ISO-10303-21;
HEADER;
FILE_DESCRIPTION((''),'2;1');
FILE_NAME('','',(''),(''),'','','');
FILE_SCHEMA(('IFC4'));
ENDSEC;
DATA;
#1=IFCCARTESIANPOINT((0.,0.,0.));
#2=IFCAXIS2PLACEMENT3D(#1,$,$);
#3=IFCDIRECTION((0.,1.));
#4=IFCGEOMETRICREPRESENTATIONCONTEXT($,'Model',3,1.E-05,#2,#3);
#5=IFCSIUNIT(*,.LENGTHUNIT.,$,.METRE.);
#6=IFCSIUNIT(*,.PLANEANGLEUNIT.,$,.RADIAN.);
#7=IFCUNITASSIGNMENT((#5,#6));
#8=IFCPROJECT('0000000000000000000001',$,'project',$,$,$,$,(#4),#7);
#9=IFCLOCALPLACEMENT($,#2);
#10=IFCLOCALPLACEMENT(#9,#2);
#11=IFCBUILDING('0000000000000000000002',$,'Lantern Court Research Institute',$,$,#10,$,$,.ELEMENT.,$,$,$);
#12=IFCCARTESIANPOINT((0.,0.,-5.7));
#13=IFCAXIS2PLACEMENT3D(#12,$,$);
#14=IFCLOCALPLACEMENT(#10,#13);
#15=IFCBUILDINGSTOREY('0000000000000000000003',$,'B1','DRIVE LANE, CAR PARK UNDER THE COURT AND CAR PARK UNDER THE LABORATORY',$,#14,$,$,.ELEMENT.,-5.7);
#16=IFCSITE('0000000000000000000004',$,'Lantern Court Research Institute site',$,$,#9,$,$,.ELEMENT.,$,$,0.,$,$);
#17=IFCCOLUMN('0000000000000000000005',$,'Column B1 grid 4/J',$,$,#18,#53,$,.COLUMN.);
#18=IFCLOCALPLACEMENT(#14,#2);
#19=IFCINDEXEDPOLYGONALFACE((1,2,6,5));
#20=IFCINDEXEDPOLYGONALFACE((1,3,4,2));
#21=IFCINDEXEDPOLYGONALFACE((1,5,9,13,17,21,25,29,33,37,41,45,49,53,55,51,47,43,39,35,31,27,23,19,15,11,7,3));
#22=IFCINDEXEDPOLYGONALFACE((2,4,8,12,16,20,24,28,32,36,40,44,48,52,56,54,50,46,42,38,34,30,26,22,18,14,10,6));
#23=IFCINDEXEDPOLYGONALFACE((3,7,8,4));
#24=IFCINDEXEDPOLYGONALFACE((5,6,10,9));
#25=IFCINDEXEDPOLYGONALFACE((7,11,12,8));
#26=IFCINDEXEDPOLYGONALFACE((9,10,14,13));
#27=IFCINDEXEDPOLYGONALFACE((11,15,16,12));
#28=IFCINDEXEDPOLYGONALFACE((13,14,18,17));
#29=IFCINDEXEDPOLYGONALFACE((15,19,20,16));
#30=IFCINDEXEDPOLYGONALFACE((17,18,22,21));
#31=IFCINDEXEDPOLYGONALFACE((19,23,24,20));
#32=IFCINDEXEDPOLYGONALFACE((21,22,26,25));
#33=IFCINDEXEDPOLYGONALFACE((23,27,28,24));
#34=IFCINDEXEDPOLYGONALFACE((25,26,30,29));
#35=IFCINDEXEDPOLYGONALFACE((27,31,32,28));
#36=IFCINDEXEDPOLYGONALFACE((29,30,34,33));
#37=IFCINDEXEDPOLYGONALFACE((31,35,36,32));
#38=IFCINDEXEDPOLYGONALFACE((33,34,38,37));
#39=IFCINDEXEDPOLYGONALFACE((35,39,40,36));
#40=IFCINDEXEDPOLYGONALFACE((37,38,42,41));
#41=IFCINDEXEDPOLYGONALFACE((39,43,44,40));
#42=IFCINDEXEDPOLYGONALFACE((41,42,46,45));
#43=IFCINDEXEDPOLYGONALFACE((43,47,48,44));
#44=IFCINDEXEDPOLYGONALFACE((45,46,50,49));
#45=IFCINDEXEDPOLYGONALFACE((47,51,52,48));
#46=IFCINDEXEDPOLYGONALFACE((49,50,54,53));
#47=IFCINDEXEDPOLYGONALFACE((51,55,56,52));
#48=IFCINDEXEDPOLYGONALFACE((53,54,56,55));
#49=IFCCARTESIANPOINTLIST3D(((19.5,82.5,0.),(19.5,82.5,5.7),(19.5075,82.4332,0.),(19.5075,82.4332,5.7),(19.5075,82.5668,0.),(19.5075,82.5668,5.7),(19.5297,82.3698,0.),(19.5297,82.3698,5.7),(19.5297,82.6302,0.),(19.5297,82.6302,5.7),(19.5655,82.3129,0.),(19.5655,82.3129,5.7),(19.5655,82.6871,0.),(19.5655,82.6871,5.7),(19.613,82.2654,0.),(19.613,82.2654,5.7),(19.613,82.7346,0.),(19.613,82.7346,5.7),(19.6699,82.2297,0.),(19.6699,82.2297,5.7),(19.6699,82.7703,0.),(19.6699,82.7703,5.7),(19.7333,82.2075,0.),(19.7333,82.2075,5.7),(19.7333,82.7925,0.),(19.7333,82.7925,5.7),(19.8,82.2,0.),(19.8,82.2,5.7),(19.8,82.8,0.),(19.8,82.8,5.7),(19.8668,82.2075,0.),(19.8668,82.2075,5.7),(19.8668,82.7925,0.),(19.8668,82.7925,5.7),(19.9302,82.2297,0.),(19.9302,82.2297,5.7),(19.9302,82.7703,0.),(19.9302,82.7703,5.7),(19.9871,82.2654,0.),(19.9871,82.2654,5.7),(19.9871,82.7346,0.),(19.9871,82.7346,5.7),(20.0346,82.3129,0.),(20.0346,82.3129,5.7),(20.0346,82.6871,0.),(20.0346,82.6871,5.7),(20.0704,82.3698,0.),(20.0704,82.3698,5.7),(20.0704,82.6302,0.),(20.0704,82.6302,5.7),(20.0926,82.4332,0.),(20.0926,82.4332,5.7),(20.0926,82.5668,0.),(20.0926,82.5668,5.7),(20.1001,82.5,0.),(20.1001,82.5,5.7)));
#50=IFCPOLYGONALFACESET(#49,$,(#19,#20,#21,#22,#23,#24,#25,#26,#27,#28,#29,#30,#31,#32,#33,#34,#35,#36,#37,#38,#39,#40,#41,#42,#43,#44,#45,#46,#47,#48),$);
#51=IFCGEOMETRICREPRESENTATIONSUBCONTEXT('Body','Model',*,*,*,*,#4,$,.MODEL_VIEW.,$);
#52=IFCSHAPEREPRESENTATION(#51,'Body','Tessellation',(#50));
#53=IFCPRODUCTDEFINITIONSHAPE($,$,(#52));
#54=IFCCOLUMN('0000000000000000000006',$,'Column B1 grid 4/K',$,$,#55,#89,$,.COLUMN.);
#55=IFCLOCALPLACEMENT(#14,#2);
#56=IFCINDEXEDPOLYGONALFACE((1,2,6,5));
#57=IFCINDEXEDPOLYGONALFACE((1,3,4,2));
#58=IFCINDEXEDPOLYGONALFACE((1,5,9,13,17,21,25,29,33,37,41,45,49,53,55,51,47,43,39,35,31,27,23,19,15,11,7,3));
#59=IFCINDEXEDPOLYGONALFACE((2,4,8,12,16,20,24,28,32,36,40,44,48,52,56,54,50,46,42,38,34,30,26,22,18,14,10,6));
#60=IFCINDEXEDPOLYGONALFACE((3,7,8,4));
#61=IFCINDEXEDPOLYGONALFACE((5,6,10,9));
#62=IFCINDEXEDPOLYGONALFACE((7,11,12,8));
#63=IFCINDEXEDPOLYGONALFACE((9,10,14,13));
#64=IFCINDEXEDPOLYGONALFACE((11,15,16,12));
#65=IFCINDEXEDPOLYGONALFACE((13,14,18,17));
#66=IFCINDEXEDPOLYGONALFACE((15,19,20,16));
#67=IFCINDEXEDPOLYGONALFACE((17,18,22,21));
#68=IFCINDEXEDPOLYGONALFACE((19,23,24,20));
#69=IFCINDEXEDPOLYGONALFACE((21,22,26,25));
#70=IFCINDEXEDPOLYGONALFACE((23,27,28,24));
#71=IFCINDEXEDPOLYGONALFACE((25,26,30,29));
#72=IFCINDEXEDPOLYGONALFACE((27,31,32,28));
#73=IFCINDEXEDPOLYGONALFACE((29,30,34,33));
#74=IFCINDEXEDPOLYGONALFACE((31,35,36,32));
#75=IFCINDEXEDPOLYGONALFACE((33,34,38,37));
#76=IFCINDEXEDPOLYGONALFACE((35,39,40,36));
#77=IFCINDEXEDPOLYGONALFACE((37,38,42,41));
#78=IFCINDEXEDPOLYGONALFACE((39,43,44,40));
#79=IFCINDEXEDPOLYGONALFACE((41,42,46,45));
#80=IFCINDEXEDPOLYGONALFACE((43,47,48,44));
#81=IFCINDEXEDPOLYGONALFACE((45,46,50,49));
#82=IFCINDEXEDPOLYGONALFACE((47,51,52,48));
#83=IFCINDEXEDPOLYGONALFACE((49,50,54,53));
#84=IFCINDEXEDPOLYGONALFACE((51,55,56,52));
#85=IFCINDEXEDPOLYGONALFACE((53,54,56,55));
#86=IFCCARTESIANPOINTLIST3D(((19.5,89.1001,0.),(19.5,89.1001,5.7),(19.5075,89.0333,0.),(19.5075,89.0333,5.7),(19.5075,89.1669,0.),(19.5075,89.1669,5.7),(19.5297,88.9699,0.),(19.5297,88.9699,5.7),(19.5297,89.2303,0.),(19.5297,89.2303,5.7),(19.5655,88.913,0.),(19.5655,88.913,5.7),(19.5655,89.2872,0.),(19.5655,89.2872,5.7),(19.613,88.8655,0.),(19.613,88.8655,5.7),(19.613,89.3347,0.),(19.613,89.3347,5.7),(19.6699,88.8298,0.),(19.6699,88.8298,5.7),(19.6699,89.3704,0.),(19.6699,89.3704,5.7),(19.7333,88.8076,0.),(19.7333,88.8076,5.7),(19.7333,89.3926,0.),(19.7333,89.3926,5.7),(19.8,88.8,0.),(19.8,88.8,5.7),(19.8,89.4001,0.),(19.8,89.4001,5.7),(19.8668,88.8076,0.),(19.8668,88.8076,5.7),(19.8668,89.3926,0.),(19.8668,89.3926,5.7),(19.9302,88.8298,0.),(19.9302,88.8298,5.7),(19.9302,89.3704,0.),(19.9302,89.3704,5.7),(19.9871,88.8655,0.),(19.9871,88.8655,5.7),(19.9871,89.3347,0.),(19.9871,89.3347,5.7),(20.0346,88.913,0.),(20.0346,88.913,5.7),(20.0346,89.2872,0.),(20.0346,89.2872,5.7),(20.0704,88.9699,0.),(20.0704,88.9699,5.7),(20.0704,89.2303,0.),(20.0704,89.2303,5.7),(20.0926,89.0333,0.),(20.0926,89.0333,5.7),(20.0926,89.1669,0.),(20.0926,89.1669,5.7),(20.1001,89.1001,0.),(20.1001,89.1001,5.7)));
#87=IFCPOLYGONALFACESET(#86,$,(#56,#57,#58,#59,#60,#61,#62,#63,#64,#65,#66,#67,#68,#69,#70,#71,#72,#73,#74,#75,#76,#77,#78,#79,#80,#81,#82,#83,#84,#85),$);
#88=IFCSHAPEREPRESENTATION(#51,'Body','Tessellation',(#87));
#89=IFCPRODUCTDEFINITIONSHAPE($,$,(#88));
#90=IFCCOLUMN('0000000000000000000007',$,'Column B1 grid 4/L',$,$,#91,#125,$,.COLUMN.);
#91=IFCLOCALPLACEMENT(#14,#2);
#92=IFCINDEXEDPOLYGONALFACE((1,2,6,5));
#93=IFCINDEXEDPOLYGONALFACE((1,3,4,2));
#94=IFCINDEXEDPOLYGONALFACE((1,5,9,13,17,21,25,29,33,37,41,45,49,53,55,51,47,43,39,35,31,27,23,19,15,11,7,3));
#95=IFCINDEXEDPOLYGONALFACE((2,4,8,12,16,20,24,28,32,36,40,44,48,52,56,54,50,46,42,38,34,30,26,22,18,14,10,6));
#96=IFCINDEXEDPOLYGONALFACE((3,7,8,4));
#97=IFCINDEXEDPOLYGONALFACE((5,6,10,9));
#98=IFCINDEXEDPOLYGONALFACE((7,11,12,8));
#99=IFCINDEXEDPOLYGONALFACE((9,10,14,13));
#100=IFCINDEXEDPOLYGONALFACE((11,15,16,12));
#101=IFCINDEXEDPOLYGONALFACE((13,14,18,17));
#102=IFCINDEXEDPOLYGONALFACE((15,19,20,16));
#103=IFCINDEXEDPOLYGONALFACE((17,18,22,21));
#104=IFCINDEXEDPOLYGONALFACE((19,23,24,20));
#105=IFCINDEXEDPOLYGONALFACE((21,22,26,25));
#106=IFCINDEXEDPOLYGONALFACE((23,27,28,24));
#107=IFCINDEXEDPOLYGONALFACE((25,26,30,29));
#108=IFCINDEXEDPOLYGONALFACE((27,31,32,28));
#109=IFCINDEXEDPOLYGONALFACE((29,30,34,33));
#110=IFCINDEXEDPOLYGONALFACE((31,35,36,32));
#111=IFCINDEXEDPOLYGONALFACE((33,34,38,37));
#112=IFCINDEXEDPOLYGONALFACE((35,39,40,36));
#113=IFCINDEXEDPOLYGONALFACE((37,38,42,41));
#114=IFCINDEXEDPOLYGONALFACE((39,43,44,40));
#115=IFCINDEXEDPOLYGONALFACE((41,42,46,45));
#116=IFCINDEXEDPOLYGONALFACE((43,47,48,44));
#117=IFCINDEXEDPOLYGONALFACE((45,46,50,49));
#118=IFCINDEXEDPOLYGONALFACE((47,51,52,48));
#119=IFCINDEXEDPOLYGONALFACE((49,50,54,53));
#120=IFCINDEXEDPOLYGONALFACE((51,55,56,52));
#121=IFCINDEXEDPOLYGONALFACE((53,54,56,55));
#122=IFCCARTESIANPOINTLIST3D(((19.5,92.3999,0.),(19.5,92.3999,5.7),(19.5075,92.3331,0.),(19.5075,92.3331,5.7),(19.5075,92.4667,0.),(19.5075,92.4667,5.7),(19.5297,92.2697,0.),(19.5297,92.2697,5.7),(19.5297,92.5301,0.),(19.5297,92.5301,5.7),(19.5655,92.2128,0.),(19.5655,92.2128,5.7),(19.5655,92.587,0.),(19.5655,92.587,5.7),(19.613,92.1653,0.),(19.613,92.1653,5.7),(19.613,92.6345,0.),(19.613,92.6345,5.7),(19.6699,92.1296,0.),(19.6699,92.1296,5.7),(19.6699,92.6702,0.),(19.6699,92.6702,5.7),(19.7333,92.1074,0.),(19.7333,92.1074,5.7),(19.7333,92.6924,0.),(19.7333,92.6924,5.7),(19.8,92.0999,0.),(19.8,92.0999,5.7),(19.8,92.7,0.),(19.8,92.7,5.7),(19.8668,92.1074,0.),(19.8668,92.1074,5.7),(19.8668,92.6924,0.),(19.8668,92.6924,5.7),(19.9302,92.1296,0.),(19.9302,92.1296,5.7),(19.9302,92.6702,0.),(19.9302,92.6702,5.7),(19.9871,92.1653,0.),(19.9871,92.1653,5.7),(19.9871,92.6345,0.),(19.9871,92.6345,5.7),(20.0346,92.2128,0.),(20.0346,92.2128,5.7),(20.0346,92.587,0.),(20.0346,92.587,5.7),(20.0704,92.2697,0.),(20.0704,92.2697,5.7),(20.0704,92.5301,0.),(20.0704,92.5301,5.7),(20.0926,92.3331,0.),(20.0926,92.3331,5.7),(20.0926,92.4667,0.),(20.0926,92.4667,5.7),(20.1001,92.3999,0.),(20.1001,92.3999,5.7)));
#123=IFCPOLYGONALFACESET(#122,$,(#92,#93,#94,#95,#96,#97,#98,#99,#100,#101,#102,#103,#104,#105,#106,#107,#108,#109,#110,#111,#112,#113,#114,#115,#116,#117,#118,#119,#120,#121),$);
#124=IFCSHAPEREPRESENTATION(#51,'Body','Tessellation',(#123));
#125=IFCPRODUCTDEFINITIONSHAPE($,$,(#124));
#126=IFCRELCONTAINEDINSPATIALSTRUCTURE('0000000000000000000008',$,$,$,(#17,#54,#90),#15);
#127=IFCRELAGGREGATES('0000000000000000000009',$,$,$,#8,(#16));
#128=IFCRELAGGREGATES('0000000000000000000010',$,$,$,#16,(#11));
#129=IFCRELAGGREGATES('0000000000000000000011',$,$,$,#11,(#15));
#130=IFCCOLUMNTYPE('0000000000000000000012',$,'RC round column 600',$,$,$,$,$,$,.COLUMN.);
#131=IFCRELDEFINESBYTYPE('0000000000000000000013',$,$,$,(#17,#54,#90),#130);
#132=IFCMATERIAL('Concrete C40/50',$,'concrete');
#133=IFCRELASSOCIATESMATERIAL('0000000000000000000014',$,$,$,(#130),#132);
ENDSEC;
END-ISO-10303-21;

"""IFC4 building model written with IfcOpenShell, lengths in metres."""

from ifc_helpers import new_model, si_unit, direction, frame, origin, origin_2d, place, context, subcontext, project, spatial, circle, extrude, material, material_profile, profile_set, type_object, element, save


model = new_model("IFC4")

# Units and contexts
model_context = context("Model", 3, precision=1e-05, world=origin(), true_north=direction((0.0, 1.0)))
body_context = subcontext(model_context, "Body", "Model", "MODEL_VIEW")
ifc_project = project(units=[si_unit("LENGTHUNIT", "METRE"), si_unit("PLANEANGLEUNIT", "RADIAN")], contexts=[model_context])

# Site, building, storey
site_placement = place(None, origin())
site = spatial("IfcSite", under=ifc_project, at=site_placement, Name="Lantern Court Research Institute site", CompositionType="ELEMENT", RefElevation=0.0)
building_placement = place(site_placement, origin())
building = spatial("IfcBuilding", under=site, at=building_placement, Name="Lantern Court Research Institute", CompositionType="ELEMENT")
storey_placement = place(building_placement, frame((0.0, 0.0, -5.7)))
storey = spatial("IfcBuildingStorey", under=building, at=storey_placement, Name="B1", Description="DRIVE LANE, CAR PARK UNDER THE COURT AND CAR PARK UNDER THE LABORATORY", CompositionType="ELEMENT", Elevation=-5.7)

# Columns
ifc_material_1 = material(Name="Concrete C40/50", Category="concrete")
ifc_material_profile_1 = material_profile(ifc_material_1, circle(Radius=0.3, at=origin_2d()), Name="RC round column 600")
ifc_profile_set_1 = profile_set([ifc_material_profile_1], Name="Concrete C40/50")
column_type = type_object("IfcColumnType", Name="RC round column 600", PredefinedType="COLUMN", material=ifc_profile_set_1)
for number, where, z_axis, x_axis, name in (
    (1, (19.8, 82.5, 0.0), (0.0, 0.0, 1.0), (1.0, 0.0, 0.0), "Column B1 grid 4/J"),
    (2, (19.8, 89.1001, 0.0), (0.0, 0.0, 1.0), (1.0, 0.0, 0.0), "Column B1 grid 4/K"),
    (3, (19.8, 92.3999, 0.0), (0.0, 0.0, 1.0), (1.0, 0.0, 0.0), "Column B1 grid 4/L"),
):
    element("IfcColumn", number, at=place(storey_placement, frame(where, z_axis=z_axis, x_axis=x_axis)), inside=storey, type_object=column_type, Name=name, PredefinedType="COLUMN", context=body_context, shape_type="SweptSolid", body=[
        extrude(circle(Radius=0.3, at=origin_2d()), origin(), (0.0, 0.0, 1.0), 5.7),
    ])

save(model, "model.ifc")
